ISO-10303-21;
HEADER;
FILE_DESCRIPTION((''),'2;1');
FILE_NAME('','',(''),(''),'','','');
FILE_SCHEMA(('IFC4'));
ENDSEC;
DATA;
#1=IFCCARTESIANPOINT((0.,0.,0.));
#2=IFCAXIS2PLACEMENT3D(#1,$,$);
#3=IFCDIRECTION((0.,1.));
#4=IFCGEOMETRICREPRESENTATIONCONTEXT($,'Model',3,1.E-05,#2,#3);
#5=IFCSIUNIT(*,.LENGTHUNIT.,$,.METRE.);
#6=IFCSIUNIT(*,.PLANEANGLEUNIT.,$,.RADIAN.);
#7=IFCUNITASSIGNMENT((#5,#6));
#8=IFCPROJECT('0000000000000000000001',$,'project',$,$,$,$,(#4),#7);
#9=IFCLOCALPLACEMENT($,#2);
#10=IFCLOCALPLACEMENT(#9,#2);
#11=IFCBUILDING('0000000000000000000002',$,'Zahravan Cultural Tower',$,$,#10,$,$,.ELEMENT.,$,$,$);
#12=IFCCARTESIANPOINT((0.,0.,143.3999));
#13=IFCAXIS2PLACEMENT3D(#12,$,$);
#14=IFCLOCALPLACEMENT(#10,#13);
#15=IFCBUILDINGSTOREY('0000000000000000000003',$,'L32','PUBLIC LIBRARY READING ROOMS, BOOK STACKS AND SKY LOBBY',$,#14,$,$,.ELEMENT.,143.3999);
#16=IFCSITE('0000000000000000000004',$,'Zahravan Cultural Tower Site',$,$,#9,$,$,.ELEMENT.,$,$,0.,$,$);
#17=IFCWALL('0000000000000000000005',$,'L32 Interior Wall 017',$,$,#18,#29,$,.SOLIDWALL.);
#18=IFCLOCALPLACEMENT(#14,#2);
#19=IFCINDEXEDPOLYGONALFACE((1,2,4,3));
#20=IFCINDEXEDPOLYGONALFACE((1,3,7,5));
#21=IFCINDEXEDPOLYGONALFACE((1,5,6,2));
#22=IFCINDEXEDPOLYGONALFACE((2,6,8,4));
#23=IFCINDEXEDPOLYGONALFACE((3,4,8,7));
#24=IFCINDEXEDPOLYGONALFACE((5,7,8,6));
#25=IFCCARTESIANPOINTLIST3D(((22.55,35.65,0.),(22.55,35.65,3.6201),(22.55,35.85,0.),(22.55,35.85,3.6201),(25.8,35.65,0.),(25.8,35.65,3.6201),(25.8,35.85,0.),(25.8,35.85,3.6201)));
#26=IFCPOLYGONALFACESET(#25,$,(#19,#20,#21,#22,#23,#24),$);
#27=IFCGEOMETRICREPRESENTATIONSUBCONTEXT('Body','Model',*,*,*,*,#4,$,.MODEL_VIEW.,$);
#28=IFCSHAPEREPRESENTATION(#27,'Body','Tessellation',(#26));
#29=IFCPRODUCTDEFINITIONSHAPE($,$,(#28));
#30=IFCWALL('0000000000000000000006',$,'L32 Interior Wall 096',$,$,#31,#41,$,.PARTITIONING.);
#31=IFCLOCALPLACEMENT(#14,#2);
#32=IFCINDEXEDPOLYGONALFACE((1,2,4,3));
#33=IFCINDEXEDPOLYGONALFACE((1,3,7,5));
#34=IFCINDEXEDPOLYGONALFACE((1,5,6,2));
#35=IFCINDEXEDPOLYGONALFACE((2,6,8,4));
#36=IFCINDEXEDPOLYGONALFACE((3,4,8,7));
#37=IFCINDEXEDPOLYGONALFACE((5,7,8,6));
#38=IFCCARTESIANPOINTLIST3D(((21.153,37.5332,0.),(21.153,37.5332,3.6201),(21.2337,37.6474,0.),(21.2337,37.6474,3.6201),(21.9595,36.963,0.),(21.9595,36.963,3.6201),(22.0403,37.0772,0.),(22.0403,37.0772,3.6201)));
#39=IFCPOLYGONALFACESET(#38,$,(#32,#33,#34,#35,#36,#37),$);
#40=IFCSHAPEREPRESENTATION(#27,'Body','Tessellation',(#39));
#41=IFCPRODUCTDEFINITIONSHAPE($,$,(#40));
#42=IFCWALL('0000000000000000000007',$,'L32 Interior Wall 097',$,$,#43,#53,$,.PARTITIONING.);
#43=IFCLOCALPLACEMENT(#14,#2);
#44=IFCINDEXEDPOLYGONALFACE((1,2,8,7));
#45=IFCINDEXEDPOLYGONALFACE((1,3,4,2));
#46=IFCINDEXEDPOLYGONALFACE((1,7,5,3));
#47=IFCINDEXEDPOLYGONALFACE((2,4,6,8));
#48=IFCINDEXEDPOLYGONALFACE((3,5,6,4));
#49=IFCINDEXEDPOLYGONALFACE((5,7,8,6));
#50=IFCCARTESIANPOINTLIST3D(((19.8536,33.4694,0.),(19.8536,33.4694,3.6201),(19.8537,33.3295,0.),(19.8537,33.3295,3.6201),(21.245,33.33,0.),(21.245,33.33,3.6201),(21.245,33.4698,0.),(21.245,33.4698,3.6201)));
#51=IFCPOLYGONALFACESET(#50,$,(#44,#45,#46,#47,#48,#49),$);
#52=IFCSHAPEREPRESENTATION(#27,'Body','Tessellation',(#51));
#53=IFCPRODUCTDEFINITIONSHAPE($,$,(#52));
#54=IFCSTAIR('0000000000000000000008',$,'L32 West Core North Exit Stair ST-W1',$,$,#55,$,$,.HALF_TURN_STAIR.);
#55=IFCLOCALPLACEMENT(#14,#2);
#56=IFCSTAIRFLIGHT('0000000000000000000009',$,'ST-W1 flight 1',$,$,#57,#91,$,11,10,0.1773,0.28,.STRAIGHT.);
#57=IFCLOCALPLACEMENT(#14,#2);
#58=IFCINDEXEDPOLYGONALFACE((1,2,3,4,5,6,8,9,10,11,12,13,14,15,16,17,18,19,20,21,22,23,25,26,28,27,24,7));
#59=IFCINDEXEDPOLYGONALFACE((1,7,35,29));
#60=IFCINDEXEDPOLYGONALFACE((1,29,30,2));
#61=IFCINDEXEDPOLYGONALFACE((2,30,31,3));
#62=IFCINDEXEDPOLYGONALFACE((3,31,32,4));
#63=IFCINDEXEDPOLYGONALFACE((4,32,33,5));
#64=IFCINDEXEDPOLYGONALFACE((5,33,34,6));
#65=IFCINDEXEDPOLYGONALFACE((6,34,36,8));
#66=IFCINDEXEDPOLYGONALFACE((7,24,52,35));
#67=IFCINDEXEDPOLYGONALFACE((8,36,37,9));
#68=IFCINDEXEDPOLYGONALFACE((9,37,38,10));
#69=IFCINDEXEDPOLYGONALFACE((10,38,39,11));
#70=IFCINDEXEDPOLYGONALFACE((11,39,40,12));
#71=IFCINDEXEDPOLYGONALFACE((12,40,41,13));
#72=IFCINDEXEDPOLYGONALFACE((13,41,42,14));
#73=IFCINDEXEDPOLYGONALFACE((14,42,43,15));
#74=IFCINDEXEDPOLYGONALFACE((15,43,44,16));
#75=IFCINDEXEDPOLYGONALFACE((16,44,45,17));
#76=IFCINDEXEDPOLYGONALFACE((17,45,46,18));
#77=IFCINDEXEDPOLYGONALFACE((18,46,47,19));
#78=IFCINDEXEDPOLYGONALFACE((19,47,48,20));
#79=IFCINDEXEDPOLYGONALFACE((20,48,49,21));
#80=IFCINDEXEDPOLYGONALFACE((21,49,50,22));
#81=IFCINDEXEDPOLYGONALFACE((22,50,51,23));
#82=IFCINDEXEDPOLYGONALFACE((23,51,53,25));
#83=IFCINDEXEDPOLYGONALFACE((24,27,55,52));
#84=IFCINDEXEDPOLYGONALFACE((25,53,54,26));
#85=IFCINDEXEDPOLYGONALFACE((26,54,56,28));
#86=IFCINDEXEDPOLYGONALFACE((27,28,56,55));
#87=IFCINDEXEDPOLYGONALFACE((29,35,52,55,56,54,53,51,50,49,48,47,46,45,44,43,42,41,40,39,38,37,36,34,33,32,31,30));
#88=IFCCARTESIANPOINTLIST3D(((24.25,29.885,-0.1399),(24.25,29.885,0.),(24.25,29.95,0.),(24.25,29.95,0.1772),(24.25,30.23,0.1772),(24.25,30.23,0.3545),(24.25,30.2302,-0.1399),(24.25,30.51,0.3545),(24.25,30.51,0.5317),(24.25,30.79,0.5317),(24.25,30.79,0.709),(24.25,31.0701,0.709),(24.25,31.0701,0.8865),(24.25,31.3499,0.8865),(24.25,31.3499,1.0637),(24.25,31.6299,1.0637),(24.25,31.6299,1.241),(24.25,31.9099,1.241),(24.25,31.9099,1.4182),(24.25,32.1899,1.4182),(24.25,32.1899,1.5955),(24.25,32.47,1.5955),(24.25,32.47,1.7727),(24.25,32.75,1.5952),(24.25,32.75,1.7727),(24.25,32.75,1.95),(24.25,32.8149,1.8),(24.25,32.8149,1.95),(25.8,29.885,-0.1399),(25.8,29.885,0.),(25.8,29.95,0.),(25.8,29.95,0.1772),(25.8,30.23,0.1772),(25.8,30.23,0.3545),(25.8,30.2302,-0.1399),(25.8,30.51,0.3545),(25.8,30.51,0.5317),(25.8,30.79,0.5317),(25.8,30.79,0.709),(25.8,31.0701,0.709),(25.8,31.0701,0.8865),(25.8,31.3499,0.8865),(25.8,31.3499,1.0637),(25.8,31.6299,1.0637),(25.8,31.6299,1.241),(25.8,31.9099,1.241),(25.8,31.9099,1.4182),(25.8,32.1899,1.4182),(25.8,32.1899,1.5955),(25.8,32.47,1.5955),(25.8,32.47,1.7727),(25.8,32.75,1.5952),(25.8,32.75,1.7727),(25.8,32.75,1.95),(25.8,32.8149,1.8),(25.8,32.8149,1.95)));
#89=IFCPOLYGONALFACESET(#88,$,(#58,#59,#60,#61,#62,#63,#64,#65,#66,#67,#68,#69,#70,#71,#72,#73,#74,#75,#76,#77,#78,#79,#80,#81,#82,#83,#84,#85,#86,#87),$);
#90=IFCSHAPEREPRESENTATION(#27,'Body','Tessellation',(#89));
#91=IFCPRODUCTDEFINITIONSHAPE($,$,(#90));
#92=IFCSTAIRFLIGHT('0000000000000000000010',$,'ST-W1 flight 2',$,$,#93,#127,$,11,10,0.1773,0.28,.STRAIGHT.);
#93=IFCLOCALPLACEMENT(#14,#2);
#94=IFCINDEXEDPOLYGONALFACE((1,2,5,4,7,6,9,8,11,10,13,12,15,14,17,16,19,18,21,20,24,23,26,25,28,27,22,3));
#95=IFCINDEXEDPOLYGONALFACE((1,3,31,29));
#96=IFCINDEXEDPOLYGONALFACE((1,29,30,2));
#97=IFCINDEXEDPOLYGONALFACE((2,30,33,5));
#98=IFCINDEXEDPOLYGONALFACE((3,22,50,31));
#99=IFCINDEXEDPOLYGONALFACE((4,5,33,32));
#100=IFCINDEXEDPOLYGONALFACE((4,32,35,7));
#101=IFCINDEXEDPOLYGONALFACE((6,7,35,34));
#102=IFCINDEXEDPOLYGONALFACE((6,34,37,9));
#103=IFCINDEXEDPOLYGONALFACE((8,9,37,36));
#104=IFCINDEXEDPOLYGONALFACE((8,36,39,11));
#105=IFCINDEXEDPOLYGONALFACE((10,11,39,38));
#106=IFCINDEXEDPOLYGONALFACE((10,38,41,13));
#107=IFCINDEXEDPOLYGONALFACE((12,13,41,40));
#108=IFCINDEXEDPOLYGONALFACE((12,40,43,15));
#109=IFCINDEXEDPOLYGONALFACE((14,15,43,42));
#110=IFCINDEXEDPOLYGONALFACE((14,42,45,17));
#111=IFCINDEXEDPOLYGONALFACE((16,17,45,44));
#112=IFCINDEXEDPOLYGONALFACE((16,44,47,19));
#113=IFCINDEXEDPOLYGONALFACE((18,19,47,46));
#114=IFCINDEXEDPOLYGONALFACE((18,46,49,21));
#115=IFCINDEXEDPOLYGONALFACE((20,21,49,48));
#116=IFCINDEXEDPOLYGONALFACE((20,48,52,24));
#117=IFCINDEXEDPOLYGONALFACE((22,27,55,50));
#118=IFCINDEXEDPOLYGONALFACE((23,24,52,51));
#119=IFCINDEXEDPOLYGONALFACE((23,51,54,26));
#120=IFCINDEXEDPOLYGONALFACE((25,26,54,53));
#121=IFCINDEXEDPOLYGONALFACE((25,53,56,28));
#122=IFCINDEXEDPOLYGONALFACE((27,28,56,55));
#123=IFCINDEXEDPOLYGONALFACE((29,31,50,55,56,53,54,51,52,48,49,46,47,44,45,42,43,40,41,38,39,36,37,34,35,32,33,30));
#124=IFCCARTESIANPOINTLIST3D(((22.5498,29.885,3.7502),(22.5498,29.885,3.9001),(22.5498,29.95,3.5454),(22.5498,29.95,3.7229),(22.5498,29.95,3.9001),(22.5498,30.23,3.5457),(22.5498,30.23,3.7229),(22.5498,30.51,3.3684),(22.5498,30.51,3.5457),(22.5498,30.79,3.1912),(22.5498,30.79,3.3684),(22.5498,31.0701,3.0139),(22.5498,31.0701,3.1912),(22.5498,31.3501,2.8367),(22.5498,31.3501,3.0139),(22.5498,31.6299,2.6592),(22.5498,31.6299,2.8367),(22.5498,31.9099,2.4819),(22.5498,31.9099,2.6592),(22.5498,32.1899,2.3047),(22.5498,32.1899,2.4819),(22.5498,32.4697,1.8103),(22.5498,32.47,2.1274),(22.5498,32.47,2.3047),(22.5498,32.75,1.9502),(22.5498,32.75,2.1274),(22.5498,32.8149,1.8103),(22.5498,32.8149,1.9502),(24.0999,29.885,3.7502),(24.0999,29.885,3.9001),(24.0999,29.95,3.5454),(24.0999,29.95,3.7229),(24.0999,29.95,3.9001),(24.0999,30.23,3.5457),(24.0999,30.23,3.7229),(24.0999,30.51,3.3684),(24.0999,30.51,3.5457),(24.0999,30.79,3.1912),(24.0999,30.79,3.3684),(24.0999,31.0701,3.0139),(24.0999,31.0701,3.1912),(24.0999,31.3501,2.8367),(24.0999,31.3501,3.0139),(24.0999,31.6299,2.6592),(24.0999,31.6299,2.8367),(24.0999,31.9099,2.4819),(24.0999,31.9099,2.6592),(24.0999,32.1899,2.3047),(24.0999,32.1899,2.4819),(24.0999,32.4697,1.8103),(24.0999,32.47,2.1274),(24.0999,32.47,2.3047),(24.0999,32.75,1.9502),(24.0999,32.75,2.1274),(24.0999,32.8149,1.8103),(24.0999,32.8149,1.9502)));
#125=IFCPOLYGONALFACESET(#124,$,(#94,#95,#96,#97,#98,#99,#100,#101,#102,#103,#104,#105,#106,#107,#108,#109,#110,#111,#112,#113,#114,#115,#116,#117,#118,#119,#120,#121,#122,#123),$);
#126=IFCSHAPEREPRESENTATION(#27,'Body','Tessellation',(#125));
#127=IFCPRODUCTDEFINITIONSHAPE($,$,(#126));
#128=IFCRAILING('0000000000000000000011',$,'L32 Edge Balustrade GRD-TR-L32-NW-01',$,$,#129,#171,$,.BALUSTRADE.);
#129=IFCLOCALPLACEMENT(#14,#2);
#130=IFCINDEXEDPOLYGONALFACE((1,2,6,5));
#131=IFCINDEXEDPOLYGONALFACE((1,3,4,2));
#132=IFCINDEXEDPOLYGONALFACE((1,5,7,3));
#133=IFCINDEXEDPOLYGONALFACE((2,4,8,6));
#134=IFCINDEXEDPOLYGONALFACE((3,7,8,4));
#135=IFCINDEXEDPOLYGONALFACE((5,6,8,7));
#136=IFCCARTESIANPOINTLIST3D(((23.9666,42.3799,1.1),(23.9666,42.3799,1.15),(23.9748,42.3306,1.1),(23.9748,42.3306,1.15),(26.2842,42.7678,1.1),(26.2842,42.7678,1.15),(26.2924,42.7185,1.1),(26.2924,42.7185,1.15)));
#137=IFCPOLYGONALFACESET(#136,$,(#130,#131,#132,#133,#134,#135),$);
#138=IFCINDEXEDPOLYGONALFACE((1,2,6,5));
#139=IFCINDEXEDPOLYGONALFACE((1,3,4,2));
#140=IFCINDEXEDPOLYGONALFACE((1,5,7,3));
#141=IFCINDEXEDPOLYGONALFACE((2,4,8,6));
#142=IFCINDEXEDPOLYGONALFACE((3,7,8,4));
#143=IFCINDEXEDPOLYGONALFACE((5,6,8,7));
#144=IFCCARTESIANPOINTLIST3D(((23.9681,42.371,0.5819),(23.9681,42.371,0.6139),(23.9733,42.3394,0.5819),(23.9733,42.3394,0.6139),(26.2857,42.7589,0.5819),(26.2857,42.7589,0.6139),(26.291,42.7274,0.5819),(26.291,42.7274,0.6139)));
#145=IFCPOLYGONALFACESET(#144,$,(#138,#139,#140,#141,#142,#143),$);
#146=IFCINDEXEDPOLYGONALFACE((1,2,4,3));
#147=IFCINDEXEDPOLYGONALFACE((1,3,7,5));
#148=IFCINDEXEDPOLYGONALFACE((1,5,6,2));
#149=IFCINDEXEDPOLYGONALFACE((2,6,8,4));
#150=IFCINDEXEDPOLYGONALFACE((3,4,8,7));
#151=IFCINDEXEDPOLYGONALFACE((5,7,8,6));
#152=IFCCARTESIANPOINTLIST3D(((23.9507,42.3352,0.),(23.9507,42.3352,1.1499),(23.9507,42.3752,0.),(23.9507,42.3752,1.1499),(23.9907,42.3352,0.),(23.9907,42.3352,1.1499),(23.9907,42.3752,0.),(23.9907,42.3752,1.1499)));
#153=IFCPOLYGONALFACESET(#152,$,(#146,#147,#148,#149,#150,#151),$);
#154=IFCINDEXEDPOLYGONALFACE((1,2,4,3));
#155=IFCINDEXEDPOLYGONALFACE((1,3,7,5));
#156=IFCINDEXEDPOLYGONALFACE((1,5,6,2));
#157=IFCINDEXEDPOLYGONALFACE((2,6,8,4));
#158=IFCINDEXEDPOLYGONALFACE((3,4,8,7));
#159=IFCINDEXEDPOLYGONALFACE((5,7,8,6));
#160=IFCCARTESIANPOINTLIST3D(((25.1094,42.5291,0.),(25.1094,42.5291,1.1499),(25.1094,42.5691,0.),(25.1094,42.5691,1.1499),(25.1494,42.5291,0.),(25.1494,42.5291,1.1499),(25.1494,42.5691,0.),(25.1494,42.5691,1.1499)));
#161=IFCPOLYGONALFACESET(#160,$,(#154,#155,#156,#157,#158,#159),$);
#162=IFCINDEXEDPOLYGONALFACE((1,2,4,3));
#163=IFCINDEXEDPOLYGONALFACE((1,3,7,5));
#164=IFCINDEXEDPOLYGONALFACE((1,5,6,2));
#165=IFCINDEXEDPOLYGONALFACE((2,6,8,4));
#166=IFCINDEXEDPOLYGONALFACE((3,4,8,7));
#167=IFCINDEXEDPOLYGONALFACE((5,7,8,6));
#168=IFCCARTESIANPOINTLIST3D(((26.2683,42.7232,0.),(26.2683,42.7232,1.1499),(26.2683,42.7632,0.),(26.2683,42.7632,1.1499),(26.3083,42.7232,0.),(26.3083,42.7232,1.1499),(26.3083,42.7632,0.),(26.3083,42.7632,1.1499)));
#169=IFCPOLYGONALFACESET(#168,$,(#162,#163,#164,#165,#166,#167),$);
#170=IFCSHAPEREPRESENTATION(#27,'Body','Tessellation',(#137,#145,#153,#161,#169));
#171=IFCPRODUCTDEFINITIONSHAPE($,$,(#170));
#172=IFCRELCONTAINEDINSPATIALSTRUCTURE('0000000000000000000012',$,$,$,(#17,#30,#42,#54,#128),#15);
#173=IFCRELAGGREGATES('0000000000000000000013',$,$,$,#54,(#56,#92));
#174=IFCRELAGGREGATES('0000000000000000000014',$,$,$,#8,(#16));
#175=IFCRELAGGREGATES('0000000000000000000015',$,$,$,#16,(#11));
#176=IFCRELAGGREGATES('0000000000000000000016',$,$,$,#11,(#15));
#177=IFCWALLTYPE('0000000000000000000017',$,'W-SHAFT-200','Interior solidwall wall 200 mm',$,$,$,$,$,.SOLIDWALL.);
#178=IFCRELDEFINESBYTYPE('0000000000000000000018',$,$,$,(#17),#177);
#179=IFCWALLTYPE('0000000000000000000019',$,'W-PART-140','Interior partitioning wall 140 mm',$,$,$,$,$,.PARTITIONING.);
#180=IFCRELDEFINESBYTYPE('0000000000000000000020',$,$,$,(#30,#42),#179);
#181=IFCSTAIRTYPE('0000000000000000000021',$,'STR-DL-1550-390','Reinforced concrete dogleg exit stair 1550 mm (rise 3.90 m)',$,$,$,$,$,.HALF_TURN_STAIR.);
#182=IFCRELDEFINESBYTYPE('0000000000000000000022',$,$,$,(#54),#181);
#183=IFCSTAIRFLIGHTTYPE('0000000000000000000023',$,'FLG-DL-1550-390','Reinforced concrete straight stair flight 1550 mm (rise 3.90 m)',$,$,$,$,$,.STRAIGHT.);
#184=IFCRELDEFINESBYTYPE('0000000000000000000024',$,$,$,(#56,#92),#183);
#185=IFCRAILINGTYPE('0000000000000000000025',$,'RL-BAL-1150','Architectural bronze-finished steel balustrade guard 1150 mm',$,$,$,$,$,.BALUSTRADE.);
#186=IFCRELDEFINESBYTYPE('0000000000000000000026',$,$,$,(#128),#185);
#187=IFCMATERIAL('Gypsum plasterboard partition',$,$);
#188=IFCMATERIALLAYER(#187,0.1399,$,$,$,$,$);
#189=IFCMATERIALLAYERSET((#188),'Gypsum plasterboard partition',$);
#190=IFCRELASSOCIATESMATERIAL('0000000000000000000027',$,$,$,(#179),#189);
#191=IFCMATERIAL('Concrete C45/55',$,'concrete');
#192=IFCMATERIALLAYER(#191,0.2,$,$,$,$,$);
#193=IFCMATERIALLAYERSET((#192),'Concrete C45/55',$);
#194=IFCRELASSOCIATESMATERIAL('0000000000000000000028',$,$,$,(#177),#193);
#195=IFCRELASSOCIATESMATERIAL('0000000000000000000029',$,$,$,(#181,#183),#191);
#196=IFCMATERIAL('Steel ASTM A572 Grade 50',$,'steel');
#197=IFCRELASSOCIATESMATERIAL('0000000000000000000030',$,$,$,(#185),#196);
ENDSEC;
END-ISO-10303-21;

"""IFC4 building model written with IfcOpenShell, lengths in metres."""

from ifc_helpers import new_model, si_unit, direction, frame, frame_2d, origin, origin_2d, place, context, subcontext, project, spatial, polyline, rectangle, outline, extrude, source, transform, mapped, material, layer, layer_set, type_object, element, aggregate, save


model = new_model("IFC4")

# Units and contexts
model_context = context("Model", 3, precision=1e-05, world=origin(), true_north=direction((0.0, 1.0)))
body_context = subcontext(model_context, "Body", "Model", "MODEL_VIEW")
ifc_project = project(units=[si_unit("LENGTHUNIT", "METRE"), si_unit("PLANEANGLEUNIT", "RADIAN")], contexts=[model_context])

# Site, building, storey
site_placement = place(None, origin())
site = spatial("IfcSite", under=ifc_project, at=site_placement, Name="Zahravan Cultural Tower Site", CompositionType="ELEMENT", RefElevation=0.0)
building_placement = place(site_placement, origin())
building = spatial("IfcBuilding", under=site, at=building_placement, Name="Zahravan Cultural Tower", CompositionType="ELEMENT")
storey_placement = place(building_placement, frame((0.0, 0.0, 143.3999)))
storey = spatial("IfcBuildingStorey", under=building, at=storey_placement, Name="L32", Description="PUBLIC LIBRARY READING ROOMS, BOOK STACKS AND SKY LOBBY", CompositionType="ELEMENT", Elevation=143.3999)

# Shared definitions
ifc_material_1 = material(Name="Gypsum plasterboard partition")
ifc_layer_1 = layer(ifc_material_1, 0.1399)
ifc_layer_set_1 = layer_set([ifc_layer_1], Name="Gypsum plasterboard partition")
wall_type_1 = type_object("IfcWallType", Name="W-PART-140", Description="Interior partitioning wall 140 mm", PredefinedType="PARTITIONING", material=ifc_layer_set_1)

# Walls
ifc_material_2 = material(Name="Concrete C45/55", Category="concrete")
ifc_layer_2 = layer(ifc_material_2, 0.2)
ifc_layer_set_2 = layer_set([ifc_layer_2], Name="Concrete C45/55")
wall_type_2 = type_object("IfcWallType", Name="W-SHAFT-200", Description="Interior solidwall wall 200 mm", PredefinedType="SOLIDWALL", material=ifc_layer_set_2)
shared_shape_1 = source(origin(), body_context, "Body", "SweptSolid", [
    extrude(rectangle(XDim=3.25, YDim=0.2, at=frame_2d((1.625, 0.0))), origin(), (0.0, 0.0, 1.0), 3.6201),
])
wall_1_placement = place(storey_placement, frame((22.55, 35.75, 0.0), z_axis=(0.0, 0.0, 1.0), x_axis=(1.0, 0.0, 0.0)))
element("IfcWall", 1, at=wall_1_placement, inside=storey, type_object=wall_type_2, Name="L32 Interior Wall 017", PredefinedType="SOLIDWALL", context=body_context, shape_type="MappedRepresentation", body=[
    mapped(shared_shape_1, transform((0.0, 0.0, 0.0), x_axis=(1.0, 0.0, 0.0), y_axis=(0.0, 1.0, 0.0), z_axis=(0.0, 0.0, 1.0), scale=1.0)),
])
shared_shape_2 = source(origin(), body_context, "Body", "SweptSolid", [
    extrude(rectangle(XDim=0.9878, YDim=0.1399, at=frame_2d((0.4939, 0.0))), origin(), (0.0, 0.0, 1.0), 3.6201),
])
wall_2_placement = place(storey_placement, frame((21.1934, 37.5903, 0.0), z_axis=(0.0, 0.0, 1.0), x_axis=(0.816529, -0.577304, 0.0)))
element("IfcWall", 2, at=wall_2_placement, inside=storey, type_object=wall_type_1, Name="L32 Interior Wall 096", PredefinedType="PARTITIONING", context=body_context, shape_type="MappedRepresentation", body=[
    mapped(shared_shape_2, transform((0.0, 0.0, 0.0), x_axis=(1.0, 0.0, 0.0), y_axis=(0.0, 1.0, 0.0), z_axis=(0.0, 0.0, 1.0), scale=1.0)),
])
shared_shape_3 = source(origin(), body_context, "Body", "SweptSolid", [
    extrude(rectangle(XDim=1.3914, YDim=0.1399, at=frame_2d((0.6958, 0.0))), origin(), (0.0, 0.0, 1.0), 3.6201),
])
wall_3_placement = place(storey_placement, frame((21.2451, 33.3999, 0.0), z_axis=(0.0, 0.0, 1.0), x_axis=(-1.0, -0.000351, 0.0)))
element("IfcWall", 3, at=wall_3_placement, inside=storey, type_object=wall_type_1, Name="L32 Interior Wall 097", PredefinedType="PARTITIONING", context=body_context, shape_type="MappedRepresentation", body=[
    mapped(shared_shape_3, transform((0.0, 0.0, 0.0), x_axis=(1.0, 0.0, 0.0), y_axis=(0.0, 1.0, 0.0), z_axis=(0.0, 0.0, 1.0), scale=1.0)),
])

# Stair, stair flights
stair_type = type_object("IfcStairType", Name="STR-DL-1550-390", Description="Reinforced concrete dogleg exit stair 1550 mm (rise 3.90 m)", PredefinedType="HALF_TURN_STAIR", material=ifc_material_2)
stair_placement = place(storey_placement, origin())
stair = element("IfcStair", 4, at=stair_placement, inside=storey, type_object=stair_type, Name="L32 West Core North Exit Stair ST-W1", PredefinedType="HALF_TURN_STAIR")
stair_flight_type = type_object("IfcStairFlightType", Name="FLG-DL-1550-390", Description="Reinforced concrete straight stair flight 1550 mm (rise 3.90 m)", PredefinedType="STRAIGHT", material=ifc_material_2)
stair_flight_1_placement = place(storey_placement, frame((25.0249, 29.95, 0.0), z_axis=(0.0, 0.0, 1.0), x_axis=(0.0, 1.0, 0.0)))
stair_flight_1 = element("IfcStairFlight", 5, at=stair_flight_1_placement, type_object=stair_flight_type, Name="ST-W1 flight 1", NumberOfRisers=11, NumberOfTreads=10, PredefinedType="STRAIGHT", RiserHeight=0.1773, TreadLength=0.28, context=body_context, shape_type="SweptSolid", body=[
    extrude(outline(polyline([(-0.0649, -0.1399), (-0.0649, 0.0), (0.0, 0.0), (0.0, 0.1772), (0.28, 0.1772), (0.28, 0.3545), (0.5601, 0.3545), (0.5601, 0.5317), (0.8401, 0.5317), (0.8401, 0.709), (1.1201, 0.709), (1.1201, 0.8865), (1.3999, 0.8865), (1.3999, 1.0637), (1.6799, 1.0637), (1.6799, 1.241), (1.96, 1.241), (1.96, 1.4182), (2.24, 1.4182), (2.24, 1.5955), (2.52, 1.5955), (2.52, 1.7727), (2.8, 1.7727), (2.8, 1.95), (2.865, 1.95), (2.865, 1.8), (2.8, 1.5952), (0.2803, -0.1399), (-0.0649, -0.1399)])), frame((0.0, 0.7749, 0.0), z_axis=(0.0, -1.0, 0.0), x_axis=(1.0, 0.0, 0.0)), (0.0, 0.0, 1.0), 1.55),
])
stair_flight_2_placement = place(storey_placement, frame((23.325, 32.75, 1.9502), z_axis=(0.0, 0.0, 1.0), x_axis=(0.0, -1.0, 0.0)))
stair_flight_2 = element("IfcStairFlight", 6, at=stair_flight_2_placement, type_object=stair_flight_type, Name="ST-W1 flight 2", NumberOfRisers=11, NumberOfTreads=10, PredefinedType="STRAIGHT", RiserHeight=0.1773, TreadLength=0.28, context=body_context, shape_type="SweptSolid", body=[
    extrude(outline(polyline([(-0.0649, -0.1399), (-0.0649, 0.0), (0.0, 0.0), (0.0, 0.1772), (0.28, 0.1772), (0.28, 0.3545), (0.5601, 0.3545), (0.5601, 0.5317), (0.8401, 0.5317), (0.8401, 0.709), (1.1201, 0.709), (1.1201, 0.8865), (1.3999, 0.8865), (1.3999, 1.0637), (1.6799, 1.0637), (1.6799, 1.241), (1.96, 1.241), (1.96, 1.4182), (2.24, 1.4182), (2.24, 1.5955), (2.52, 1.5955), (2.52, 1.7727), (2.8, 1.7727), (2.8, 1.95), (2.865, 1.95), (2.865, 1.8), (2.8, 1.5952), (0.2803, -0.1399), (-0.0649, -0.1399)])), frame((0.0, 0.7749, 0.0), z_axis=(0.0, -1.0, 0.0), x_axis=(1.0, 0.0, 0.0)), (0.0, 0.0, 1.0), 1.55),
])
aggregate(stair, [stair_flight_1, stair_flight_2])

# Railing
ifc_material_3 = material(Name="Steel ASTM A572 Grade 50", Category="steel")
railing_type_1 = type_object("IfcRailingType", Name="RL-BAL-1150", Description="Architectural bronze-finished steel balustrade guard 1150 mm", PredefinedType="BALUSTRADE", material=ifc_material_3)
railing_1_placement = place(storey_placement, frame((23.9707, 42.3552, 0.0)))
element("IfcRailing", 7, at=railing_1_placement, inside=storey, type_object=railing_type_1, Name="L32 Edge Balustrade GRD-TR-L32-NW-01", PredefinedType="BALUSTRADE", context=body_context, shape_type="SweptSolid", body=[
    extrude(rectangle(XDim=0.05, YDim=0.05, at=origin_2d()), frame((0.0, 0.0, 1.125), z_axis=(0.986279, 0.16509, 0.0), x_axis=(-0.16509, 0.986279, 0.0)), (0.0, 0.0, 1.0), 2.3499),
    extrude(rectangle(XDim=0.032, YDim=0.032, at=origin_2d()), frame((0.0, 0.0, 0.5979), z_axis=(0.986279, 0.16509, 0.0), x_axis=(-0.16509, 0.986279, 0.0)), (0.0, 0.0, 1.0), 2.3499),
    extrude(rectangle(XDim=0.04, YDim=0.04, at=origin_2d()), origin(), (0.0, 0.0, 1.0), 1.1499),
    extrude(rectangle(XDim=0.04, YDim=0.04, at=origin_2d()), frame((1.1587, 0.1938, 0.0)), (0.0, 0.0, 1.0), 1.1499),
    extrude(rectangle(XDim=0.04, YDim=0.04, at=origin_2d()), frame((2.3176, 0.3879, 0.0)), (0.0, 0.0, 1.0), 1.1499),
])

save(model, "model.ifc")
